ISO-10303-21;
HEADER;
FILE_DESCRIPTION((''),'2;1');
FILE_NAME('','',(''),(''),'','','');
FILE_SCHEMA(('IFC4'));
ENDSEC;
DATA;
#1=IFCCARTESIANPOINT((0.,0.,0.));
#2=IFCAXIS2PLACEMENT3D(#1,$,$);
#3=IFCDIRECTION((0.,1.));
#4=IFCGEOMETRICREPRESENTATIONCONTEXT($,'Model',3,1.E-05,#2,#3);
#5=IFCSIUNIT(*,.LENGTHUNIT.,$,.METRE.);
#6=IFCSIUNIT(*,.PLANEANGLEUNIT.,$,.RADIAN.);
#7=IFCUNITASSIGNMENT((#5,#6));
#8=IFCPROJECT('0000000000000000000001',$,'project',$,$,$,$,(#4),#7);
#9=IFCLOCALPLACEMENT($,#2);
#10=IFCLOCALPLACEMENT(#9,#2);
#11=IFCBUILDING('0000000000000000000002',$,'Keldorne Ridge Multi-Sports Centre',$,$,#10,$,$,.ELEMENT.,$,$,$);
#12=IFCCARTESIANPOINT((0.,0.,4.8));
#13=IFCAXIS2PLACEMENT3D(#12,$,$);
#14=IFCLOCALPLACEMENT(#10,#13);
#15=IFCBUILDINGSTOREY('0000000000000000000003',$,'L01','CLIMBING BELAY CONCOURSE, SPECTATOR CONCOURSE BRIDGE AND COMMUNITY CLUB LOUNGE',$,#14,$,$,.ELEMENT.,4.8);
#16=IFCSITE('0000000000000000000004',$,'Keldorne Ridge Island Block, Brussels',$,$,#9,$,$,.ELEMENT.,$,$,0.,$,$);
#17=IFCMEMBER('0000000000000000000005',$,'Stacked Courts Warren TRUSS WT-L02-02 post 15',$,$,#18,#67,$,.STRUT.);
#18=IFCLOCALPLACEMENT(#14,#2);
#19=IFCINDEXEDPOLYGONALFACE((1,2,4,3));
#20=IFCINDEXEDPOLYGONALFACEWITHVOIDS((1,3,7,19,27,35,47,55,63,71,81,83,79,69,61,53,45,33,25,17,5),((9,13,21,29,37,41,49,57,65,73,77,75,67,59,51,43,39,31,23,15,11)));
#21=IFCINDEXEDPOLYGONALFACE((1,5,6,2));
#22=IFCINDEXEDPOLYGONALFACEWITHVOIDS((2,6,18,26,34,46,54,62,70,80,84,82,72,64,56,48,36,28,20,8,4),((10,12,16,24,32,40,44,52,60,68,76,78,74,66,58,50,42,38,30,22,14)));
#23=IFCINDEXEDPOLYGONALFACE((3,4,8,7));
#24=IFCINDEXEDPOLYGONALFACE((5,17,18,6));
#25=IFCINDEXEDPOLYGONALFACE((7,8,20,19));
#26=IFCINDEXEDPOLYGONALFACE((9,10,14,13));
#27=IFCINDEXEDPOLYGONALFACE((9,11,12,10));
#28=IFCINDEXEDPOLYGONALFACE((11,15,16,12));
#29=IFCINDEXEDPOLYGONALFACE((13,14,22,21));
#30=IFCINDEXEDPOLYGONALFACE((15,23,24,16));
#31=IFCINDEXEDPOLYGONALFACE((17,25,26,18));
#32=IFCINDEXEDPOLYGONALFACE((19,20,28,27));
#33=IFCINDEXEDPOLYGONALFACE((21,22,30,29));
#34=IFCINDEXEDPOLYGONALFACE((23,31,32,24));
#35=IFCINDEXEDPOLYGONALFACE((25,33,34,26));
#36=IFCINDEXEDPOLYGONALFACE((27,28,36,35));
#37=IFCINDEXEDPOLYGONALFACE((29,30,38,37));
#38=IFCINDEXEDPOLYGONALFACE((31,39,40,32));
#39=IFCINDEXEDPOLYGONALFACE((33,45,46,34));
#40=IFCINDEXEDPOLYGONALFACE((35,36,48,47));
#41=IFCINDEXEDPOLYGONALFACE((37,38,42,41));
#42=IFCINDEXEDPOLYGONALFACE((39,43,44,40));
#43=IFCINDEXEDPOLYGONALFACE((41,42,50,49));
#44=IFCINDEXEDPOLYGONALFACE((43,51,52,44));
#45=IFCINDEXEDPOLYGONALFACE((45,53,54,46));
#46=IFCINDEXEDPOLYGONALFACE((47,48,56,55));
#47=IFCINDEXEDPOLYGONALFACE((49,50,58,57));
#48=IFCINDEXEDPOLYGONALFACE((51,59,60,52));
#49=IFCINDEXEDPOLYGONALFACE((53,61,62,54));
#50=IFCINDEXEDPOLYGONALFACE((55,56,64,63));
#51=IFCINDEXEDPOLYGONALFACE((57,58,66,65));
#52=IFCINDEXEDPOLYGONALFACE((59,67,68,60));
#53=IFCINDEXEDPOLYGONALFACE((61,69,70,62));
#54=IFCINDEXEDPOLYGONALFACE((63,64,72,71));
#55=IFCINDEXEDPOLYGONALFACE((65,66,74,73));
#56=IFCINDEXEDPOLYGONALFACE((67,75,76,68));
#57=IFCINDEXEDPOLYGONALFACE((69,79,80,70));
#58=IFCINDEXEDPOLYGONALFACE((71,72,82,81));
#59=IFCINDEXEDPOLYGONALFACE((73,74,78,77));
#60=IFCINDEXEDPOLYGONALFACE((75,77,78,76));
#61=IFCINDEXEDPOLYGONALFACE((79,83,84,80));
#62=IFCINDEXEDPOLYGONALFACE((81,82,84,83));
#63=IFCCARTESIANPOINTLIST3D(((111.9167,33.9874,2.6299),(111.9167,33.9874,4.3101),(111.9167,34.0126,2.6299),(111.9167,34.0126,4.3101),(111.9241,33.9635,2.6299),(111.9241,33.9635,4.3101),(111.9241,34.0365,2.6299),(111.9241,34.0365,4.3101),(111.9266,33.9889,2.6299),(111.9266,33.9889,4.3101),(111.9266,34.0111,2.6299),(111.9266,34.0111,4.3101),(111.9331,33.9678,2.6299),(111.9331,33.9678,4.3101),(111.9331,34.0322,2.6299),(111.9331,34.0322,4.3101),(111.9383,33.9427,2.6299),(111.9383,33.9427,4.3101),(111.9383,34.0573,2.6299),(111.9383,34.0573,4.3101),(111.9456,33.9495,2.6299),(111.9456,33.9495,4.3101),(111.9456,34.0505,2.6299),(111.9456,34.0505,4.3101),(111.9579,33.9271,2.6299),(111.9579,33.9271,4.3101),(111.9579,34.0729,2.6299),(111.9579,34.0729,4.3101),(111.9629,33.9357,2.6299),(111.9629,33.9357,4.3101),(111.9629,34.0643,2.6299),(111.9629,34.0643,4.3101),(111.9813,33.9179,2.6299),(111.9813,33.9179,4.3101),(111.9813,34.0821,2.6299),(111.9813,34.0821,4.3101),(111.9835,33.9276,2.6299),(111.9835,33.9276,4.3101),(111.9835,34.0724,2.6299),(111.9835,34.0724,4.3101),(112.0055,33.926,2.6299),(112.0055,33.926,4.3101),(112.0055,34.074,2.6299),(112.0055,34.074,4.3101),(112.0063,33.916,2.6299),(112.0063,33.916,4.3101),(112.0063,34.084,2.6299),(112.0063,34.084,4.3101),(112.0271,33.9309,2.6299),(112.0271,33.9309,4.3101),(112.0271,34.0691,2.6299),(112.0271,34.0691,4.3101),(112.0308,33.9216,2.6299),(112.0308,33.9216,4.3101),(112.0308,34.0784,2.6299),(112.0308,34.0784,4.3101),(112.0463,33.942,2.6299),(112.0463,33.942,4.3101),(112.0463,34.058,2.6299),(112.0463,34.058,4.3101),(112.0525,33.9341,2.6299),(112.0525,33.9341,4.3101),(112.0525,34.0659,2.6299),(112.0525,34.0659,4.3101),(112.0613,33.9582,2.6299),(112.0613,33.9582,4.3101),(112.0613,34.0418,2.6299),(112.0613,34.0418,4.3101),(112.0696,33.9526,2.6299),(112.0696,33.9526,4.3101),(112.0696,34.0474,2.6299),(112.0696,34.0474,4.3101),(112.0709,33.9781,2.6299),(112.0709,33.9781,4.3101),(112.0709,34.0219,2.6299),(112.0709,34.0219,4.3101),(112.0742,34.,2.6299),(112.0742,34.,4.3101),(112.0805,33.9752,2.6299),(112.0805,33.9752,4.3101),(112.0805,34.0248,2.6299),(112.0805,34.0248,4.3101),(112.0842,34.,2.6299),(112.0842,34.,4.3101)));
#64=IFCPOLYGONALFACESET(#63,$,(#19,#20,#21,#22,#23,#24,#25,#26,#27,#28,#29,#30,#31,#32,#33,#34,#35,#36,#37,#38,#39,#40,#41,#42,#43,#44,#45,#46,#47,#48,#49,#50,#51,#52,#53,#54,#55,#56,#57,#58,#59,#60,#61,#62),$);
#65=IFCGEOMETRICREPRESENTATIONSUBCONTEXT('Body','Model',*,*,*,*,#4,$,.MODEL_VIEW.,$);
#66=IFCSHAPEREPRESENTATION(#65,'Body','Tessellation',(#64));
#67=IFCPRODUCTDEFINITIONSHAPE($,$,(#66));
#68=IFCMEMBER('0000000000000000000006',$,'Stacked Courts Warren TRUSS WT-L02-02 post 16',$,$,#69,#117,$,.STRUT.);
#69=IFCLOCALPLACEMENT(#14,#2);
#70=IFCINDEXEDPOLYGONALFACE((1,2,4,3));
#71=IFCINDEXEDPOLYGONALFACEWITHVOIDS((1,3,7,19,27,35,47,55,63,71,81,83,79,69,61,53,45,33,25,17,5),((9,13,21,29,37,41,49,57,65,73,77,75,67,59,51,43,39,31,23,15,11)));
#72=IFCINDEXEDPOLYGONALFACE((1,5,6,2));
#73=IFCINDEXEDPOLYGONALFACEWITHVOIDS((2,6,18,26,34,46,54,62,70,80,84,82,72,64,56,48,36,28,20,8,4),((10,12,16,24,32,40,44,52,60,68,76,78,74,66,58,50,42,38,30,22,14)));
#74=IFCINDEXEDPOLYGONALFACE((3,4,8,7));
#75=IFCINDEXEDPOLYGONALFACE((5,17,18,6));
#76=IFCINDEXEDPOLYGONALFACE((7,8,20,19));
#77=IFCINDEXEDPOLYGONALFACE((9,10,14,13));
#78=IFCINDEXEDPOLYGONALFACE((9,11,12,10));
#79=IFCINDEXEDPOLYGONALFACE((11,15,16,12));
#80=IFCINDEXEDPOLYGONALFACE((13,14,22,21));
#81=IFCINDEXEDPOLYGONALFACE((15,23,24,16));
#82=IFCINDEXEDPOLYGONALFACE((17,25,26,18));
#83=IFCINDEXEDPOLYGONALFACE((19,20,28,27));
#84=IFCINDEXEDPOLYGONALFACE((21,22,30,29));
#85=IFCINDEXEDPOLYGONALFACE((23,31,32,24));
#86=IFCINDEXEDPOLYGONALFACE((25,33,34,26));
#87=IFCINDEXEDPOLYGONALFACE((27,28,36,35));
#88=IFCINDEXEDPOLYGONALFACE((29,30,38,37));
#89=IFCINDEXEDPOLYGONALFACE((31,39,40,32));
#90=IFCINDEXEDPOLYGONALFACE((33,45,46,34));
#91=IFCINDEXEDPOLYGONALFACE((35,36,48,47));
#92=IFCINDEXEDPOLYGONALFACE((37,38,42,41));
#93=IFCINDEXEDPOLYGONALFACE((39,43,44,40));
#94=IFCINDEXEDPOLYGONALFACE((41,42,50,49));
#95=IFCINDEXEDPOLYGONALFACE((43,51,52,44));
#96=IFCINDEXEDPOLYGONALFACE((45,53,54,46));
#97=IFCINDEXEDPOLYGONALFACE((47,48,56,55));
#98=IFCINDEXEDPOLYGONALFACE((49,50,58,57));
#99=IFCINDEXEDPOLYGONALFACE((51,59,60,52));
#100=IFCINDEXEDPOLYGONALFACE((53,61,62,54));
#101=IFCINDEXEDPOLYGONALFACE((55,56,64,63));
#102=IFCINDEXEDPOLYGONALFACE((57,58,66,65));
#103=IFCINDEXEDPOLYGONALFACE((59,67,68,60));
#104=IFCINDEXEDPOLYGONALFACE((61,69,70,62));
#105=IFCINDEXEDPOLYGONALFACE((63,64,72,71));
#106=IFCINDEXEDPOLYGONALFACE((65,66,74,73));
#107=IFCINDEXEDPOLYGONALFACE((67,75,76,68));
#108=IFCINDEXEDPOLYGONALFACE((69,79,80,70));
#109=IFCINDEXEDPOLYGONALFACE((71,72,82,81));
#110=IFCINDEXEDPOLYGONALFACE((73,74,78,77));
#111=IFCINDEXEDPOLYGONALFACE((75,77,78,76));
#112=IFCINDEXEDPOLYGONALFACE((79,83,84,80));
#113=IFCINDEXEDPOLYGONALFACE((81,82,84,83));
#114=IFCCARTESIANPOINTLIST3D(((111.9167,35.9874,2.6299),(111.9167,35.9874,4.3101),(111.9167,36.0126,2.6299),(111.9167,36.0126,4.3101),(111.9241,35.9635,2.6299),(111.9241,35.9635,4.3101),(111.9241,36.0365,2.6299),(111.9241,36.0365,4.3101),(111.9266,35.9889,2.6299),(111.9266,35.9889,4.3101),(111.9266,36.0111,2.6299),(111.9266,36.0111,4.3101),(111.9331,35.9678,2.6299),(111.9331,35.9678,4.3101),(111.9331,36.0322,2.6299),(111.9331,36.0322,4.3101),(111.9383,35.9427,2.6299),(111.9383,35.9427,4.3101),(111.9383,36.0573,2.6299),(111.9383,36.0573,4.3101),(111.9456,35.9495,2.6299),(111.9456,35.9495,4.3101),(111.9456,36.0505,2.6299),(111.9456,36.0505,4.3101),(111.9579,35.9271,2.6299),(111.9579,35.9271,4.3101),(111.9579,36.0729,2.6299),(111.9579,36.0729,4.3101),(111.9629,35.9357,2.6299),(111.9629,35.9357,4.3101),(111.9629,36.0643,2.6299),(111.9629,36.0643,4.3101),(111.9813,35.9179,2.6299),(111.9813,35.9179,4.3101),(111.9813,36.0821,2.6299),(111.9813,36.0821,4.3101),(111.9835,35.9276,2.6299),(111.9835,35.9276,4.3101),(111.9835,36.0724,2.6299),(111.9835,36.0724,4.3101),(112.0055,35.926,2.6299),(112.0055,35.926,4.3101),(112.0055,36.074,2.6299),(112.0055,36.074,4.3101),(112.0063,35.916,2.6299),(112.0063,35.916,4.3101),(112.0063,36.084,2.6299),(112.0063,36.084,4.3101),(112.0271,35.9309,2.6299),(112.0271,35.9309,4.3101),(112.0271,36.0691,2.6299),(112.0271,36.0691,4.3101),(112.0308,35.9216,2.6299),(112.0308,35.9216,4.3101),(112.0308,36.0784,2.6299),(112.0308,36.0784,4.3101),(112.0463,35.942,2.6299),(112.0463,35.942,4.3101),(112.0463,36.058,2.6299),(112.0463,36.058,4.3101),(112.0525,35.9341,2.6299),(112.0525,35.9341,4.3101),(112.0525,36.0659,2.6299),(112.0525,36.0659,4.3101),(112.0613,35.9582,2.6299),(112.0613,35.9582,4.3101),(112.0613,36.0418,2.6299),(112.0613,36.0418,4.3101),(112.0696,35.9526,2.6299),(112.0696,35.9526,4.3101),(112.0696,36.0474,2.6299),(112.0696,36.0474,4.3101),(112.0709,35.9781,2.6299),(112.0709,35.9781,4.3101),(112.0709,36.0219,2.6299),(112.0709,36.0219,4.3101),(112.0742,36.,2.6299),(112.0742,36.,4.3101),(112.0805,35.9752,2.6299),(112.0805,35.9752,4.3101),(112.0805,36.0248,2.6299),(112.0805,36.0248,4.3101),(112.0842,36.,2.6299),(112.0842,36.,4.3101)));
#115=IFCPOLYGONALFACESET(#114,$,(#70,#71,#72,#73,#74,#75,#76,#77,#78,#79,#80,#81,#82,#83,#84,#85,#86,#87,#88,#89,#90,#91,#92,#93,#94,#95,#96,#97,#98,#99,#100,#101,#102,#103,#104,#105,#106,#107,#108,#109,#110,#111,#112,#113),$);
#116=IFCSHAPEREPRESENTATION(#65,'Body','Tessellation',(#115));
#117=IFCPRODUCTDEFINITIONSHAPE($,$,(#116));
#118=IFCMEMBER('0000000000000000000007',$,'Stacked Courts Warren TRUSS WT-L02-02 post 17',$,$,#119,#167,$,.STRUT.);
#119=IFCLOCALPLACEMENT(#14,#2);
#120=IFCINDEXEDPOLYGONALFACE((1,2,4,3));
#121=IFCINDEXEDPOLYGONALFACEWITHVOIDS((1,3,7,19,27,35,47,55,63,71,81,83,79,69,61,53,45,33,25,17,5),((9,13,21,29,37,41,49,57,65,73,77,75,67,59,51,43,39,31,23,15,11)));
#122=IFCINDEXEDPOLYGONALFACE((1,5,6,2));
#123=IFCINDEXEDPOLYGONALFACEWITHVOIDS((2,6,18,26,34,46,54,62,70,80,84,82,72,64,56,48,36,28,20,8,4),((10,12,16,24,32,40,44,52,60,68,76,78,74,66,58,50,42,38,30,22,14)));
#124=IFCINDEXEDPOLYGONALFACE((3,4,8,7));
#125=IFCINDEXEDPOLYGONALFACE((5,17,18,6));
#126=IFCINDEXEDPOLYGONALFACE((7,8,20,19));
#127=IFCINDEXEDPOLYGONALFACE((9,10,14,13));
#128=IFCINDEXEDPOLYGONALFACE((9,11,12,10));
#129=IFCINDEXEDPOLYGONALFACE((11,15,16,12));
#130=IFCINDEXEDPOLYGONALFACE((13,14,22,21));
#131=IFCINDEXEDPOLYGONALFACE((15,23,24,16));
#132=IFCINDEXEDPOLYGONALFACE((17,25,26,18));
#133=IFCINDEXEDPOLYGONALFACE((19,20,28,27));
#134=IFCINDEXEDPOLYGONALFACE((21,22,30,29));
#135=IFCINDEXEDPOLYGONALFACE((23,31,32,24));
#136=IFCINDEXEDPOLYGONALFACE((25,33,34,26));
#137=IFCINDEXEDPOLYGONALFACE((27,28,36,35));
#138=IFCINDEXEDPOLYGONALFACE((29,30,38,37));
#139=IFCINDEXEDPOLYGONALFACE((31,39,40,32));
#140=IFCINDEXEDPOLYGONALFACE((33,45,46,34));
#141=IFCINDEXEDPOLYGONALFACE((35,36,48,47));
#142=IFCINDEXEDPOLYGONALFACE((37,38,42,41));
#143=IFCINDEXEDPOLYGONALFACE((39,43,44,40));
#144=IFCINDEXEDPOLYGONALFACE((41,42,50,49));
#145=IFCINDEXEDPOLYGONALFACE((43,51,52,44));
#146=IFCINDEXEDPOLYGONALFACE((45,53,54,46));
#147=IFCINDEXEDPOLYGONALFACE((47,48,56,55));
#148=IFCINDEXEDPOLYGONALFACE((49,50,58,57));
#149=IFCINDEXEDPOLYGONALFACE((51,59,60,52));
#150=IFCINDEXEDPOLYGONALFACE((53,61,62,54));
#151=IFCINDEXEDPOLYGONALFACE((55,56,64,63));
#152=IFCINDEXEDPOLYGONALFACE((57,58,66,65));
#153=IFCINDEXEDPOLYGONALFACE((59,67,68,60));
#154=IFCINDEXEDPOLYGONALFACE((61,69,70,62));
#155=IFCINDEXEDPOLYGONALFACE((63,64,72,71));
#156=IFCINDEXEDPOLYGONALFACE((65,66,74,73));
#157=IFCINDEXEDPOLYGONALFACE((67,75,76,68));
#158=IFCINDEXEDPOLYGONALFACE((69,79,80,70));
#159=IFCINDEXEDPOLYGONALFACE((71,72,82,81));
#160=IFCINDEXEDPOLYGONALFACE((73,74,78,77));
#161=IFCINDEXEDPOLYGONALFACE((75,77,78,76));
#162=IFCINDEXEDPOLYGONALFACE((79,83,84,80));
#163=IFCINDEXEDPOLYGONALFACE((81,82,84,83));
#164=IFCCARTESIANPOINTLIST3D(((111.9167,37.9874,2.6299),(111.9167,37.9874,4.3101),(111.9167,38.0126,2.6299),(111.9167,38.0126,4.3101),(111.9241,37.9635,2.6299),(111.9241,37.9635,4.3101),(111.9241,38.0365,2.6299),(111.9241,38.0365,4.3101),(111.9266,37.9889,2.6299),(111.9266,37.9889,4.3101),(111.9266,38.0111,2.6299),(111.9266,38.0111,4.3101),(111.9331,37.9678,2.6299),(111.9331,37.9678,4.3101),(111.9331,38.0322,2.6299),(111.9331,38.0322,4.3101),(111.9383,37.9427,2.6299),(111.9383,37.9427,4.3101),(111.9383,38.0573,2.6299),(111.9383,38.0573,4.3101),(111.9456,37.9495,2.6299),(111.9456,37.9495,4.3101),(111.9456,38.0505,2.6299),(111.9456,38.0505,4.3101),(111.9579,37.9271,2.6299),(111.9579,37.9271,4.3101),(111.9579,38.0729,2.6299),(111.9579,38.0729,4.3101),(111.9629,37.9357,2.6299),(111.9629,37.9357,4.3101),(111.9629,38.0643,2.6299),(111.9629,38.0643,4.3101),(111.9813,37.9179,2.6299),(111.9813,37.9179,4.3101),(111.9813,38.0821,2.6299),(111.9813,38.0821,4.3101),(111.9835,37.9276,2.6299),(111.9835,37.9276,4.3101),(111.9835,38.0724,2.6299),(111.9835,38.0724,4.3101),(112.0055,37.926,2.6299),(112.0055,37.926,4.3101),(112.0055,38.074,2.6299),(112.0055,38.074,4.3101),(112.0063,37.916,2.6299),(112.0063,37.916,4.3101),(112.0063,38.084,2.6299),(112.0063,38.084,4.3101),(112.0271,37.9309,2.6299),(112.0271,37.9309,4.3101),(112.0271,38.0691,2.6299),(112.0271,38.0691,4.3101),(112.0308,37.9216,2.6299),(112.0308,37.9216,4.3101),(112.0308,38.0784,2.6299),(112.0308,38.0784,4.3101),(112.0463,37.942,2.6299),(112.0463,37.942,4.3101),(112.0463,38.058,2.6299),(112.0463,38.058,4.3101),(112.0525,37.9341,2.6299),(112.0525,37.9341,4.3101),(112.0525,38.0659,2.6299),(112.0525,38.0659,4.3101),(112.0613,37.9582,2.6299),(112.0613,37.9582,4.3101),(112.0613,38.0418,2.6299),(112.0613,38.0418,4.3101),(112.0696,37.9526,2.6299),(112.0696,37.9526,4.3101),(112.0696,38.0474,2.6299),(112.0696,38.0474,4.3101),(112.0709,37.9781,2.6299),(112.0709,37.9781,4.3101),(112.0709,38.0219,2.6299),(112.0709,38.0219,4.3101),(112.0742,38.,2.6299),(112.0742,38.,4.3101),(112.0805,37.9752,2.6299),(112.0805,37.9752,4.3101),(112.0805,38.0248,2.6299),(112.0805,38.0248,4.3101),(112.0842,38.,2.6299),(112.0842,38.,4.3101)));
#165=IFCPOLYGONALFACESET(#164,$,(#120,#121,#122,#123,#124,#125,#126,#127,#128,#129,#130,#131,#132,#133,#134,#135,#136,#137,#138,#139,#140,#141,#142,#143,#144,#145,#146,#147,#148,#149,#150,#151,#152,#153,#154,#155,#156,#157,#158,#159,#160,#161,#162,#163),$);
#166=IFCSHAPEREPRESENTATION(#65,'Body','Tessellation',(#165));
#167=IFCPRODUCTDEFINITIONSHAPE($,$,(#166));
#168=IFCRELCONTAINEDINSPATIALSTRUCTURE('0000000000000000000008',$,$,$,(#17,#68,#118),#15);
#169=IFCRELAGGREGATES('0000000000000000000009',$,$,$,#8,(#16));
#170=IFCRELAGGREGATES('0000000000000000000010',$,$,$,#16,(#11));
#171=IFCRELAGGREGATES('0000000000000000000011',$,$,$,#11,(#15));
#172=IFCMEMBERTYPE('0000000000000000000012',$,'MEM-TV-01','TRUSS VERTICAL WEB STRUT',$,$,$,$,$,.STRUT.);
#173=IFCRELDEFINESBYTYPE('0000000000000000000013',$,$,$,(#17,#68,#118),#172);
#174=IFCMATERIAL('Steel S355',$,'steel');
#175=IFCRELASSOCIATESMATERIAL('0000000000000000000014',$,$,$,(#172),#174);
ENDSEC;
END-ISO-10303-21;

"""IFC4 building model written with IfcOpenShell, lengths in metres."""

from ifc_helpers import new_model, si_unit, direction, frame, origin, origin_2d, place, context, subcontext, project, spatial, hollow_circle, extrude, material, material_profile, profile_set, type_object, element, save


model = new_model("IFC4")

# Units and contexts
model_context = context("Model", 3, precision=1e-05, world=origin(), true_north=direction((0.0, 1.0)))
body_context = subcontext(model_context, "Body", "Model", "MODEL_VIEW")
ifc_project = project(units=[si_unit("LENGTHUNIT", "METRE"), si_unit("PLANEANGLEUNIT", "RADIAN")], contexts=[model_context])

# Site, building, storey
site_placement = place(None, origin())
site = spatial("IfcSite", under=ifc_project, at=site_placement, Name="Keldorne Ridge Island Block, Brussels", CompositionType="ELEMENT", RefElevation=0.0)
building_placement = place(site_placement, origin())
building = spatial("IfcBuilding", under=site, at=building_placement, Name="Keldorne Ridge Multi-Sports Centre", CompositionType="ELEMENT")
storey_placement = place(building_placement, frame((0.0, 0.0, 4.8)))
storey = spatial("IfcBuildingStorey", under=building, at=storey_placement, Name="L01", Description="CLIMBING BELAY CONCOURSE, SPECTATOR CONCOURSE BRIDGE AND COMMUNITY CLUB LOUNGE", CompositionType="ELEMENT", Elevation=4.8)

# Shared definitions
ifc_material_1 = material(Name="Steel S355", Category="steel")

# Members
ifc_material_profile_1 = material_profile(ifc_material_1, hollow_circle(Radius=0.0842, WallThickness=0.01, at=origin_2d()), Name="CHS 168.3x10")
ifc_profile_set_1 = profile_set([ifc_material_profile_1], Name="Steel S355")
member_type_1 = type_object("IfcMemberType", Name="MEM-TV-01", Description="TRUSS VERTICAL WEB STRUT", PredefinedType="STRUT", material=ifc_profile_set_1)
for number, where, z_axis, x_axis, name in (
    (1, (112.0, 34.0, 2.6299), (0.0, 0.0, 1.0), (1.0, 0.0, 0.0), "Stacked Courts Warren TRUSS WT-L02-02 post 15"),
    (2, (112.0, 36.0, 2.6299), (0.0, 0.0, 1.0), (1.0, 0.0, 0.0), "Stacked Courts Warren TRUSS WT-L02-02 post 16"),
    (3, (112.0, 38.0, 2.6299), (0.0, 0.0, 1.0), (1.0, 0.0, 0.0), "Stacked Courts Warren TRUSS WT-L02-02 post 17"),
):
    element("IfcMember", number, at=place(storey_placement, frame(where, z_axis=z_axis, x_axis=x_axis)), inside=storey, type_object=member_type_1, Name=name, PredefinedType="STRUT", context=body_context, shape_type="SweptSolid", body=[
        extrude(hollow_circle(Radius=0.0842, WallThickness=0.01, at=origin_2d()), origin(), (0.0, 0.0, 1.0), 1.6802),
    ])

save(model, "model.ifc")
